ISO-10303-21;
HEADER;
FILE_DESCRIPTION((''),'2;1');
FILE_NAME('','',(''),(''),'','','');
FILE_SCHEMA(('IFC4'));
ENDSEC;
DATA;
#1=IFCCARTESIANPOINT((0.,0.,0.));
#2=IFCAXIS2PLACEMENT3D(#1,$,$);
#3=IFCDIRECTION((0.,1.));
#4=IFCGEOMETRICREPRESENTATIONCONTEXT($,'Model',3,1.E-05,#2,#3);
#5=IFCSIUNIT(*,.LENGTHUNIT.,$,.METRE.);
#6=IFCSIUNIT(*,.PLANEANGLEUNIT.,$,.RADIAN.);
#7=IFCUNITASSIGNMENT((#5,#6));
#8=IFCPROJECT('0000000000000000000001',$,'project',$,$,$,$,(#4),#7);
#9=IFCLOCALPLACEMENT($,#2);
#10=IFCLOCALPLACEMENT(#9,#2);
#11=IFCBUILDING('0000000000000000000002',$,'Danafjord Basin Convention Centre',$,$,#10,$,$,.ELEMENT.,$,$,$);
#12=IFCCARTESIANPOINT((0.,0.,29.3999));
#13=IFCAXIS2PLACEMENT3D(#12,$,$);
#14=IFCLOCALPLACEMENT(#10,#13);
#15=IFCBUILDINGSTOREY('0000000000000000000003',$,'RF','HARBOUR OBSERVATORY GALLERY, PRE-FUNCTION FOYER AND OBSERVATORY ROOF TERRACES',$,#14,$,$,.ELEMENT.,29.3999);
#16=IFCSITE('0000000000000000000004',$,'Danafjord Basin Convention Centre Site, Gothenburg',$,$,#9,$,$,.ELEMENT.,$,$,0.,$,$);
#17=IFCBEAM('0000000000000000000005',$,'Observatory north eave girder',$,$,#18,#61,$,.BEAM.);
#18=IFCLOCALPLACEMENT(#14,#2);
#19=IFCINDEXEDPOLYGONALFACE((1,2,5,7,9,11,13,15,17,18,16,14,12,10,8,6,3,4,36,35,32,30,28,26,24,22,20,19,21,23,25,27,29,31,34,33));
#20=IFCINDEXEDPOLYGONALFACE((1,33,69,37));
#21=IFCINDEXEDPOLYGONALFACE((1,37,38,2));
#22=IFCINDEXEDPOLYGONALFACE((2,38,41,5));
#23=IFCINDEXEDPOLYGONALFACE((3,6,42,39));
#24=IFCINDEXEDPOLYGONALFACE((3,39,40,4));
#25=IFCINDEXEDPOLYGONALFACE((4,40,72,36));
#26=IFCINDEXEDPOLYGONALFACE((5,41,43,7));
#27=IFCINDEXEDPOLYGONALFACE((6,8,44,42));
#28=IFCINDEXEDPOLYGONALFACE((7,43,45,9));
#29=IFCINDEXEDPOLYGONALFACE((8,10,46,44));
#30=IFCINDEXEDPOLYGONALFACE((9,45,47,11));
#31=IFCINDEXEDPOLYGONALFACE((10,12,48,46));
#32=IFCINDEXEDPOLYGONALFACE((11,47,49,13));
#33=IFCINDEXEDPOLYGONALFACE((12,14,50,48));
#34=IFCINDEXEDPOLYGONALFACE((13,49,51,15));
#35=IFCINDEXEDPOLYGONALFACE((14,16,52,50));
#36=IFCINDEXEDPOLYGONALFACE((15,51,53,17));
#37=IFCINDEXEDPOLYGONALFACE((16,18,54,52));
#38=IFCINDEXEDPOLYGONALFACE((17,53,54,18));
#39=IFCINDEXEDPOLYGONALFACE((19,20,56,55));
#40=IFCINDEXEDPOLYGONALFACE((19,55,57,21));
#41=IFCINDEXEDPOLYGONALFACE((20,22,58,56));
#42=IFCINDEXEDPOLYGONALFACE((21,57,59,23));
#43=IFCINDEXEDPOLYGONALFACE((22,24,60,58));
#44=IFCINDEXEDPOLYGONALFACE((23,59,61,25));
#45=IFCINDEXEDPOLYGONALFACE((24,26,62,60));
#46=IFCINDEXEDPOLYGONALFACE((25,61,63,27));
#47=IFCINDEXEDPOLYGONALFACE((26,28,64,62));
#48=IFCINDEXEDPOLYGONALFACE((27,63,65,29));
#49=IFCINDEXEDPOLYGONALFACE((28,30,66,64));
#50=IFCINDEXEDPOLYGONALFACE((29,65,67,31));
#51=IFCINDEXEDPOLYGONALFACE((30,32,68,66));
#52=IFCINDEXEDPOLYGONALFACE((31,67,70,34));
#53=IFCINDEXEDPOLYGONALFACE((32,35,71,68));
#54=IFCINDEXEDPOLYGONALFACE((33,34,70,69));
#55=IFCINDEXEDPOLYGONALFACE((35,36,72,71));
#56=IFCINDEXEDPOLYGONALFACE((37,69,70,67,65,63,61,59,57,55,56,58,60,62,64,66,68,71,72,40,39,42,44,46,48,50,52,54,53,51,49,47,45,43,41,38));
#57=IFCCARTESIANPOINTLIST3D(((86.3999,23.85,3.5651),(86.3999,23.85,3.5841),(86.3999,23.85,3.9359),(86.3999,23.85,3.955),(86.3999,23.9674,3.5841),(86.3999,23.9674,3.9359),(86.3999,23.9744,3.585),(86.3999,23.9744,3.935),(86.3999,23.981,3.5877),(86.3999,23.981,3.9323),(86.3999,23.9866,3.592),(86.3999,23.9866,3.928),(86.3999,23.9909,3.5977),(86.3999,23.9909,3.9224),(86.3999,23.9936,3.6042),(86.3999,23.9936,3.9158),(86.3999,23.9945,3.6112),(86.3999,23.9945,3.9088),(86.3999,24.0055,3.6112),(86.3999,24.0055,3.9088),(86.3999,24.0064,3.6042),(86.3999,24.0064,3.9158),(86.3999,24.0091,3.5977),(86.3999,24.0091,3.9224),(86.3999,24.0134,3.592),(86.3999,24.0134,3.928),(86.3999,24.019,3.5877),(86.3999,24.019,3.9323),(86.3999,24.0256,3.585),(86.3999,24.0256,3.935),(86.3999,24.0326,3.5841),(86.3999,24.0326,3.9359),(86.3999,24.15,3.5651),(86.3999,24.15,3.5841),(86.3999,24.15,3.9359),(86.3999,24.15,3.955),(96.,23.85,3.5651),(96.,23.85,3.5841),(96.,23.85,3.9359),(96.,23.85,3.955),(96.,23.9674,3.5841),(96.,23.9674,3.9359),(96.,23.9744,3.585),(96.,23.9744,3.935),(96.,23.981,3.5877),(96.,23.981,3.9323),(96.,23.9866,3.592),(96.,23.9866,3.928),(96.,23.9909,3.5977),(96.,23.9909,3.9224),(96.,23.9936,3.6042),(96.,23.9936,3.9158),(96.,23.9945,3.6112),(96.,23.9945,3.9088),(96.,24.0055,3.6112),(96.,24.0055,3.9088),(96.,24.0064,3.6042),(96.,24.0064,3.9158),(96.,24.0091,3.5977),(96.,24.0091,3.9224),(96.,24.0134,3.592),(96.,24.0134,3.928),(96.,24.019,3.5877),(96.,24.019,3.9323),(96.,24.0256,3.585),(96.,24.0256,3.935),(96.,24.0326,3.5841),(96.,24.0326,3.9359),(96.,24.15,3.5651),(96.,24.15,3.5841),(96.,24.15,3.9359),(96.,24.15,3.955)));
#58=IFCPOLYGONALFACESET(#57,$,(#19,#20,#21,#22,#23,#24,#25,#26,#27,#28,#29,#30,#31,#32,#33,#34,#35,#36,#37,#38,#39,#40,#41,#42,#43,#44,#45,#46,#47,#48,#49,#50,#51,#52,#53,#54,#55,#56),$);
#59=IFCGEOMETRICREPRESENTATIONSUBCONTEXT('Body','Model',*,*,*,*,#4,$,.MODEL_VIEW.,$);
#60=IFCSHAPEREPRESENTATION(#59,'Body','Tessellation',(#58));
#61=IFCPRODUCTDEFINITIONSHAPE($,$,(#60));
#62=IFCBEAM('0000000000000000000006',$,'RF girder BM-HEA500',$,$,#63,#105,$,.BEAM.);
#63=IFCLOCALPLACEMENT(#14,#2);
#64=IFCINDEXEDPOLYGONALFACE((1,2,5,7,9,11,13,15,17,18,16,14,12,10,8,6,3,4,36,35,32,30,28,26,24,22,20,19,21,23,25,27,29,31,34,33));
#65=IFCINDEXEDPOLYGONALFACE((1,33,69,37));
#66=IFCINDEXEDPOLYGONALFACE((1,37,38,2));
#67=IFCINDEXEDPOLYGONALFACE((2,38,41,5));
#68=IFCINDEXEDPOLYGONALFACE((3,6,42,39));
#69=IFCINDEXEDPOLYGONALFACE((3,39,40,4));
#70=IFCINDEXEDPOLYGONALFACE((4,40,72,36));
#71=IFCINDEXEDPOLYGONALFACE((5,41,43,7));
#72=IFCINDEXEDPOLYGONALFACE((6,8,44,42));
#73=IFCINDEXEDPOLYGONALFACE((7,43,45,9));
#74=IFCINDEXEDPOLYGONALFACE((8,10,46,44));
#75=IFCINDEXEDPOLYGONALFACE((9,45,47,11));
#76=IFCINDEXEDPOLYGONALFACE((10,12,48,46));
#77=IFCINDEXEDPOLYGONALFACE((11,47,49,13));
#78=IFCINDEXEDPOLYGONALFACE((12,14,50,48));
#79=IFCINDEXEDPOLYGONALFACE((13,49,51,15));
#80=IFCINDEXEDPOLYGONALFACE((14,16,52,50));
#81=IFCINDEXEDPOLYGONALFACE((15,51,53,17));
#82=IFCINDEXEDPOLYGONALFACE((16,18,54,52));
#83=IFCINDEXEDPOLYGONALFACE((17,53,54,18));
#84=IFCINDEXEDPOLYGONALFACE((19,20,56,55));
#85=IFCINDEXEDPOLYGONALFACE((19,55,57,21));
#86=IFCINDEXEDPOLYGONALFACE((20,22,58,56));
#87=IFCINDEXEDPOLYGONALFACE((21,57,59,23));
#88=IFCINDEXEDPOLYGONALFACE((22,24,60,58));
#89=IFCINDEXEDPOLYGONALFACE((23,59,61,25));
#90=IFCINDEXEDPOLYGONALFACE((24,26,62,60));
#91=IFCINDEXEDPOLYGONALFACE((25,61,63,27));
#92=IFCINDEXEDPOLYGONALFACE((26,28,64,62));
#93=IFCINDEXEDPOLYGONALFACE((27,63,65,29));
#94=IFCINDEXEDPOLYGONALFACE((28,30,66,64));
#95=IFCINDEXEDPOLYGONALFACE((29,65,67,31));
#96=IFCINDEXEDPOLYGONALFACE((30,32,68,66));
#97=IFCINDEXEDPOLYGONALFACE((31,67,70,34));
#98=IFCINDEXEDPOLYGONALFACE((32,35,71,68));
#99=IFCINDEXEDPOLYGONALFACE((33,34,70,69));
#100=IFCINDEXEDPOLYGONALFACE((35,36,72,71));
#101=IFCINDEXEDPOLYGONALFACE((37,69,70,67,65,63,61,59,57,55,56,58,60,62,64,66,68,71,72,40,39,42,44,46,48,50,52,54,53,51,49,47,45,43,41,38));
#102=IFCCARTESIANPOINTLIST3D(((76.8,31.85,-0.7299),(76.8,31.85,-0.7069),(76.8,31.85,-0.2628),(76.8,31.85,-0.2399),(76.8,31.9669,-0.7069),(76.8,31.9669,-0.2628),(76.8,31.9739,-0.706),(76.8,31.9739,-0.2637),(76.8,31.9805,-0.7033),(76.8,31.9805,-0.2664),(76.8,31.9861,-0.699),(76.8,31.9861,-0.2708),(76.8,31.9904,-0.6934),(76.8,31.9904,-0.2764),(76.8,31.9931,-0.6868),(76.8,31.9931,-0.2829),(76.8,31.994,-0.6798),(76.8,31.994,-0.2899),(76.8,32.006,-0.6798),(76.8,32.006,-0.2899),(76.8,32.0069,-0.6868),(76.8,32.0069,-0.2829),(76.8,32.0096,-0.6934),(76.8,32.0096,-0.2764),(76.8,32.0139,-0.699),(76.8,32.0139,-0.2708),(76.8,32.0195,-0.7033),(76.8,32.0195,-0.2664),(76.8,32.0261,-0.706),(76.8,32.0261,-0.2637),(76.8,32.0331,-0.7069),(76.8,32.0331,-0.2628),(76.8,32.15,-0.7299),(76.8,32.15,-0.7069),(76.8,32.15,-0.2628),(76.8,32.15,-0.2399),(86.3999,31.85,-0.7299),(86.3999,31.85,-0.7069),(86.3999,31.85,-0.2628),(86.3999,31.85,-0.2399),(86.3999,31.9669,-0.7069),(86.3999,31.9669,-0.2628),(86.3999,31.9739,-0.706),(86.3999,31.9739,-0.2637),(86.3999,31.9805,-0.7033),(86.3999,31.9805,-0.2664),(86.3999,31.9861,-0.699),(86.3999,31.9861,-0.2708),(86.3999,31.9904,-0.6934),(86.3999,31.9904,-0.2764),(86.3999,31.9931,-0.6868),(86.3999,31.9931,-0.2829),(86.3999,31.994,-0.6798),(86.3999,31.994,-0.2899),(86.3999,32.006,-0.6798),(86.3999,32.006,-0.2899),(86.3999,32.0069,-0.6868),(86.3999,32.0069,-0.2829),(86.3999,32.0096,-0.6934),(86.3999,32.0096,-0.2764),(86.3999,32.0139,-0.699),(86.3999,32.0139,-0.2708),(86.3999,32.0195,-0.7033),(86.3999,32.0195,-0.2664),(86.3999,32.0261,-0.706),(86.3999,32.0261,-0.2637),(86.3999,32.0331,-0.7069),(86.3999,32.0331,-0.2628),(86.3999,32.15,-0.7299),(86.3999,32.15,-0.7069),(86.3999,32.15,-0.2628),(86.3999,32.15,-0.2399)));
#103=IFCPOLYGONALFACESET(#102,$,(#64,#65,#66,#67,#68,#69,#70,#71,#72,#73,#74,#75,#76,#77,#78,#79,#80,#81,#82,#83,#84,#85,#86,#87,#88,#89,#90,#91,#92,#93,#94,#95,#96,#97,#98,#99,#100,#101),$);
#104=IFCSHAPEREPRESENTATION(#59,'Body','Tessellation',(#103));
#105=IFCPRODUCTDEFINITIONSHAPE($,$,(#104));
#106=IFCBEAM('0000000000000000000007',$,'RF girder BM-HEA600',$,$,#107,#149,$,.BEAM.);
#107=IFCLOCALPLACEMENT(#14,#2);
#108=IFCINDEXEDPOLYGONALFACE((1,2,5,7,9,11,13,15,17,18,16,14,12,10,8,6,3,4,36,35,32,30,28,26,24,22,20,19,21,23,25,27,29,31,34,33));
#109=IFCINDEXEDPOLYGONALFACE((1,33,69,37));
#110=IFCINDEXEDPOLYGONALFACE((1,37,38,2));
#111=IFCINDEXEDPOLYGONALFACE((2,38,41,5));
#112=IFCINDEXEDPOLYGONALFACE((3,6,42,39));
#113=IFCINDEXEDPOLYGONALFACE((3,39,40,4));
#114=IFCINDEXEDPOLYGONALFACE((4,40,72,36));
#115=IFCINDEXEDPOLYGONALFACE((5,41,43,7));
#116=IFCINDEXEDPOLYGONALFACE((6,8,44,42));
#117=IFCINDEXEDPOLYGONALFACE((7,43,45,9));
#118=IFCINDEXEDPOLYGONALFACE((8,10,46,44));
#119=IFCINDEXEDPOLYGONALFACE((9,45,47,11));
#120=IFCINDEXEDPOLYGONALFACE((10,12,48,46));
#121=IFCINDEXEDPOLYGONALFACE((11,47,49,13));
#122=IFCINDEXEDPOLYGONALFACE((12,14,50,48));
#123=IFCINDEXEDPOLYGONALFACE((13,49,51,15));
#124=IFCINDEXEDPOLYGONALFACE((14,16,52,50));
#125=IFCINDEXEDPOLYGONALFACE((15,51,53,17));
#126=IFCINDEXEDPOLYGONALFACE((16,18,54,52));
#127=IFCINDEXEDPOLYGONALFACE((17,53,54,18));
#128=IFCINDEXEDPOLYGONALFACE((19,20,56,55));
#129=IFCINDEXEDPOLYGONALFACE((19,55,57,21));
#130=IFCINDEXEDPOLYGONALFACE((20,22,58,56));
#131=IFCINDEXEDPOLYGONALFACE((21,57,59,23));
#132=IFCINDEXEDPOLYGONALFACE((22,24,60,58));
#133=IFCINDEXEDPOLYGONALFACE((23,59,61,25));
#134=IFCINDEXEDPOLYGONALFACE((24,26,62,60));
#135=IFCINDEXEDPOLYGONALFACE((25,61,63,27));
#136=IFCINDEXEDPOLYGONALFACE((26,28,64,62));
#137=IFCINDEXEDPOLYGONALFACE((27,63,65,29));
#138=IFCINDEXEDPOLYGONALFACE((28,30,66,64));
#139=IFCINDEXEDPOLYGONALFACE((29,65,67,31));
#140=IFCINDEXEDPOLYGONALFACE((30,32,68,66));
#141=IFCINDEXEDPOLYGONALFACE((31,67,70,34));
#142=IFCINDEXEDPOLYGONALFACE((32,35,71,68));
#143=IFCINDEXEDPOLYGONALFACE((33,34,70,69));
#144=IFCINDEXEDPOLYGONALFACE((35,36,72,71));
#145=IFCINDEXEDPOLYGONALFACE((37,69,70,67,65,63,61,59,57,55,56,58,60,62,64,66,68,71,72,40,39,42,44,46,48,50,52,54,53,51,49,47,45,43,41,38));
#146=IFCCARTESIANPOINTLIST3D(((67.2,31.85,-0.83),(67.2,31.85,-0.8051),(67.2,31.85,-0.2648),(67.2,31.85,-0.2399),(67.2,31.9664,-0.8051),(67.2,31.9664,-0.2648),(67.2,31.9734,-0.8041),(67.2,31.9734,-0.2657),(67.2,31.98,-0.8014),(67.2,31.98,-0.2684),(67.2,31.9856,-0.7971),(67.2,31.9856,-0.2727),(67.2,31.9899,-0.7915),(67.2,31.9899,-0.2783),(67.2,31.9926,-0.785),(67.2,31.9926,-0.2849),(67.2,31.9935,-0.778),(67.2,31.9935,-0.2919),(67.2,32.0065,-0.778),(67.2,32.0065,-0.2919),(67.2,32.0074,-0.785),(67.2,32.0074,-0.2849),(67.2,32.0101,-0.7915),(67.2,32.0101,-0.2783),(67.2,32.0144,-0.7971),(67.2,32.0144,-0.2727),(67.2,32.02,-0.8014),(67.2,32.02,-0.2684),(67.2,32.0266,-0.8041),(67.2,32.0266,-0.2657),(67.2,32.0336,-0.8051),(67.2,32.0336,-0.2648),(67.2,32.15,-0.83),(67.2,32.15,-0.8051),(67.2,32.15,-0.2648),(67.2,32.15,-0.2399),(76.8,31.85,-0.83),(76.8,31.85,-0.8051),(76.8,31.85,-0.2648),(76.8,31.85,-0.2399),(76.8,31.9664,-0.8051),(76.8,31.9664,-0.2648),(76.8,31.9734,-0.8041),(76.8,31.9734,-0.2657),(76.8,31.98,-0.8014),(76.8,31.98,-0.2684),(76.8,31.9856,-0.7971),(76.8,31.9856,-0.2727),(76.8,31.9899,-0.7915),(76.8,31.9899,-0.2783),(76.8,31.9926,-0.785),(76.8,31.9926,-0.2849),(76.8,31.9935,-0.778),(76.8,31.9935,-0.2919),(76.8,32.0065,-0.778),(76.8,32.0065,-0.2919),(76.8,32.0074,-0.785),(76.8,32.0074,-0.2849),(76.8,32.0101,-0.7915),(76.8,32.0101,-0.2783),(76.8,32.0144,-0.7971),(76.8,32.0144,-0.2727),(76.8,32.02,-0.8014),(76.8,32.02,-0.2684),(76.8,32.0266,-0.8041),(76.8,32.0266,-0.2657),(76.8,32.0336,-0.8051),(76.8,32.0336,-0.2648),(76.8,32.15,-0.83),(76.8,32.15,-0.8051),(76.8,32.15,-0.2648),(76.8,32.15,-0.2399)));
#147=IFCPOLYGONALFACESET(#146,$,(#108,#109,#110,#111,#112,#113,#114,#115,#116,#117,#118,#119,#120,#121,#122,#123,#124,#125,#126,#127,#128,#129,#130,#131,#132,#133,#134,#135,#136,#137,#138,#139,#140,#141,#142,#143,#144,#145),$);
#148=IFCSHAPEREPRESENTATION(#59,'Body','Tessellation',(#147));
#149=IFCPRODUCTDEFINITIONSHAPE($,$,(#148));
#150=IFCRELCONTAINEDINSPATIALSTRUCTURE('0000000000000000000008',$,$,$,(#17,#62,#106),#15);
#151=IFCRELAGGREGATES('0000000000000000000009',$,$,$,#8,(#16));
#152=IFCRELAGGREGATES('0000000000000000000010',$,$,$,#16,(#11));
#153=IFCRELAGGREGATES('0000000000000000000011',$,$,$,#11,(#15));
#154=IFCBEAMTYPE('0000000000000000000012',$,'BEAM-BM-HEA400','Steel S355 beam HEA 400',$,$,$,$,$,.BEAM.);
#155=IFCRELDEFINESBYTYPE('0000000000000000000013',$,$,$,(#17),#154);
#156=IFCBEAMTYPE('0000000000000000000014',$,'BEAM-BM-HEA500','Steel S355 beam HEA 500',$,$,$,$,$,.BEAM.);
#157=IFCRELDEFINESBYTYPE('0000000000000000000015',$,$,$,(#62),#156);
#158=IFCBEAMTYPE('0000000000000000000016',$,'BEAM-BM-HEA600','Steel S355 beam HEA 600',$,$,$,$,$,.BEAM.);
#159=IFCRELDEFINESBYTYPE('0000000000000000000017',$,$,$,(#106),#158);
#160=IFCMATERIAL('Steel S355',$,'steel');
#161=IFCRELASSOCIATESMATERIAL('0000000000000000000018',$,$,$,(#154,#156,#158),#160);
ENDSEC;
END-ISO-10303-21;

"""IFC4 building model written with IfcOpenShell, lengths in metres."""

from ifc_helpers import new_model, si_unit, direction, frame, origin, origin_2d, place, context, subcontext, project, spatial, i_section, extrude, material, material_profile, profile_set, type_object, element, save


model = new_model("IFC4")

# Units and contexts
model_context = context("Model", 3, precision=1e-05, world=origin(), true_north=direction((0.0, 1.0)))
body_context = subcontext(model_context, "Body", "Model", "MODEL_VIEW")
ifc_project = project(units=[si_unit("LENGTHUNIT", "METRE"), si_unit("PLANEANGLEUNIT", "RADIAN")], contexts=[model_context])

# Site, building, storey
site_placement = place(None, origin())
site = spatial("IfcSite", under=ifc_project, at=site_placement, Name="Danafjord Basin Convention Centre Site, Gothenburg", CompositionType="ELEMENT", RefElevation=0.0)
building_placement = place(site_placement, origin())
building = spatial("IfcBuilding", under=site, at=building_placement, Name="Danafjord Basin Convention Centre", CompositionType="ELEMENT")
storey_placement = place(building_placement, frame((0.0, 0.0, 29.3999)))
storey = spatial("IfcBuildingStorey", under=building, at=storey_placement, Name="RF", Description="HARBOUR OBSERVATORY GALLERY, PRE-FUNCTION FOYER AND OBSERVATORY ROOF TERRACES", CompositionType="ELEMENT", Elevation=29.3999)

# Shared definitions
ifc_material_1 = material(Name="Steel S355", Category="steel")

# Beams
ifc_material_profile_1 = material_profile(ifc_material_1, i_section(OverallWidth=0.3, OverallDepth=0.3899, WebThickness=0.011, FlangeThickness=0.019, FilletRadius=0.0271, at=origin_2d()), Name="HEA 400")
ifc_profile_set_1 = profile_set([ifc_material_profile_1], Name="Steel S355")
beam_type_1 = type_object("IfcBeamType", Name="BEAM-BM-HEA400", Description="Steel S355 beam HEA 400", PredefinedType="BEAM", material=ifc_profile_set_1)
beam_1_placement = place(storey_placement, frame((86.3999, 24.0, 3.76), z_axis=(1.0, 0.0, 0.0), x_axis=(0.0, 1.0, 0.0)))
element("IfcBeam", 1, at=beam_1_placement, inside=storey, type_object=beam_type_1, Name="Observatory north eave girder", PredefinedType="BEAM", context=body_context, shape_type="SweptSolid", body=[
    extrude(i_section(OverallWidth=0.3, OverallDepth=0.3899, WebThickness=0.011, FlangeThickness=0.019, FilletRadius=0.0271, at=origin_2d()), origin(), (0.0, 0.0, 1.0), 9.6001),
])
ifc_material_profile_2 = material_profile(ifc_material_1, i_section(OverallWidth=0.3, OverallDepth=0.49, WebThickness=0.012, FlangeThickness=0.0229, FilletRadius=0.0271, at=origin_2d()), Name="HEA 500")
ifc_profile_set_2 = profile_set([ifc_material_profile_2], Name="Steel S355")
beam_type_2 = type_object("IfcBeamType", Name="BEAM-BM-HEA500", Description="Steel S355 beam HEA 500", PredefinedType="BEAM", material=ifc_profile_set_2)
beam_2_placement = place(storey_placement, frame((76.8, 32.0, -0.4849), z_axis=(1.0, 0.0, 0.0), x_axis=(0.0, 1.0, 0.0)))
element("IfcBeam", 2, at=beam_2_placement, inside=storey, type_object=beam_type_2, Name="RF girder BM-HEA500", PredefinedType="BEAM", context=body_context, shape_type="SweptSolid", body=[
    extrude(i_section(OverallWidth=0.3, OverallDepth=0.49, WebThickness=0.012, FlangeThickness=0.0229, FilletRadius=0.0271, at=origin_2d()), origin(), (0.0, 0.0, 1.0), 9.5999),
])
ifc_material_profile_3 = material_profile(ifc_material_1, i_section(OverallWidth=0.3, OverallDepth=0.5901, WebThickness=0.0129, FlangeThickness=0.0249, FilletRadius=0.0271, at=origin_2d()), Name="HEA 600")
ifc_profile_set_3 = profile_set([ifc_material_profile_3], Name="Steel S355")
beam_type_3 = type_object("IfcBeamType", Name="BEAM-BM-HEA600", Description="Steel S355 beam HEA 600", PredefinedType="BEAM", material=ifc_profile_set_3)
beam_3_placement = place(storey_placement, frame((67.2, 32.0, -0.5349), z_axis=(1.0, 0.0, 0.0), x_axis=(0.0, 1.0, 0.0)))
element("IfcBeam", 3, at=beam_3_placement, inside=storey, type_object=beam_type_3, Name="RF girder BM-HEA600", PredefinedType="BEAM", context=body_context, shape_type="SweptSolid", body=[
    extrude(i_section(OverallWidth=0.3, OverallDepth=0.5901, WebThickness=0.0129, FlangeThickness=0.0249, FilletRadius=0.0271, at=origin_2d()), origin(), (0.0, 0.0, 1.0), 9.6001),
])

save(model, "model.ifc")
